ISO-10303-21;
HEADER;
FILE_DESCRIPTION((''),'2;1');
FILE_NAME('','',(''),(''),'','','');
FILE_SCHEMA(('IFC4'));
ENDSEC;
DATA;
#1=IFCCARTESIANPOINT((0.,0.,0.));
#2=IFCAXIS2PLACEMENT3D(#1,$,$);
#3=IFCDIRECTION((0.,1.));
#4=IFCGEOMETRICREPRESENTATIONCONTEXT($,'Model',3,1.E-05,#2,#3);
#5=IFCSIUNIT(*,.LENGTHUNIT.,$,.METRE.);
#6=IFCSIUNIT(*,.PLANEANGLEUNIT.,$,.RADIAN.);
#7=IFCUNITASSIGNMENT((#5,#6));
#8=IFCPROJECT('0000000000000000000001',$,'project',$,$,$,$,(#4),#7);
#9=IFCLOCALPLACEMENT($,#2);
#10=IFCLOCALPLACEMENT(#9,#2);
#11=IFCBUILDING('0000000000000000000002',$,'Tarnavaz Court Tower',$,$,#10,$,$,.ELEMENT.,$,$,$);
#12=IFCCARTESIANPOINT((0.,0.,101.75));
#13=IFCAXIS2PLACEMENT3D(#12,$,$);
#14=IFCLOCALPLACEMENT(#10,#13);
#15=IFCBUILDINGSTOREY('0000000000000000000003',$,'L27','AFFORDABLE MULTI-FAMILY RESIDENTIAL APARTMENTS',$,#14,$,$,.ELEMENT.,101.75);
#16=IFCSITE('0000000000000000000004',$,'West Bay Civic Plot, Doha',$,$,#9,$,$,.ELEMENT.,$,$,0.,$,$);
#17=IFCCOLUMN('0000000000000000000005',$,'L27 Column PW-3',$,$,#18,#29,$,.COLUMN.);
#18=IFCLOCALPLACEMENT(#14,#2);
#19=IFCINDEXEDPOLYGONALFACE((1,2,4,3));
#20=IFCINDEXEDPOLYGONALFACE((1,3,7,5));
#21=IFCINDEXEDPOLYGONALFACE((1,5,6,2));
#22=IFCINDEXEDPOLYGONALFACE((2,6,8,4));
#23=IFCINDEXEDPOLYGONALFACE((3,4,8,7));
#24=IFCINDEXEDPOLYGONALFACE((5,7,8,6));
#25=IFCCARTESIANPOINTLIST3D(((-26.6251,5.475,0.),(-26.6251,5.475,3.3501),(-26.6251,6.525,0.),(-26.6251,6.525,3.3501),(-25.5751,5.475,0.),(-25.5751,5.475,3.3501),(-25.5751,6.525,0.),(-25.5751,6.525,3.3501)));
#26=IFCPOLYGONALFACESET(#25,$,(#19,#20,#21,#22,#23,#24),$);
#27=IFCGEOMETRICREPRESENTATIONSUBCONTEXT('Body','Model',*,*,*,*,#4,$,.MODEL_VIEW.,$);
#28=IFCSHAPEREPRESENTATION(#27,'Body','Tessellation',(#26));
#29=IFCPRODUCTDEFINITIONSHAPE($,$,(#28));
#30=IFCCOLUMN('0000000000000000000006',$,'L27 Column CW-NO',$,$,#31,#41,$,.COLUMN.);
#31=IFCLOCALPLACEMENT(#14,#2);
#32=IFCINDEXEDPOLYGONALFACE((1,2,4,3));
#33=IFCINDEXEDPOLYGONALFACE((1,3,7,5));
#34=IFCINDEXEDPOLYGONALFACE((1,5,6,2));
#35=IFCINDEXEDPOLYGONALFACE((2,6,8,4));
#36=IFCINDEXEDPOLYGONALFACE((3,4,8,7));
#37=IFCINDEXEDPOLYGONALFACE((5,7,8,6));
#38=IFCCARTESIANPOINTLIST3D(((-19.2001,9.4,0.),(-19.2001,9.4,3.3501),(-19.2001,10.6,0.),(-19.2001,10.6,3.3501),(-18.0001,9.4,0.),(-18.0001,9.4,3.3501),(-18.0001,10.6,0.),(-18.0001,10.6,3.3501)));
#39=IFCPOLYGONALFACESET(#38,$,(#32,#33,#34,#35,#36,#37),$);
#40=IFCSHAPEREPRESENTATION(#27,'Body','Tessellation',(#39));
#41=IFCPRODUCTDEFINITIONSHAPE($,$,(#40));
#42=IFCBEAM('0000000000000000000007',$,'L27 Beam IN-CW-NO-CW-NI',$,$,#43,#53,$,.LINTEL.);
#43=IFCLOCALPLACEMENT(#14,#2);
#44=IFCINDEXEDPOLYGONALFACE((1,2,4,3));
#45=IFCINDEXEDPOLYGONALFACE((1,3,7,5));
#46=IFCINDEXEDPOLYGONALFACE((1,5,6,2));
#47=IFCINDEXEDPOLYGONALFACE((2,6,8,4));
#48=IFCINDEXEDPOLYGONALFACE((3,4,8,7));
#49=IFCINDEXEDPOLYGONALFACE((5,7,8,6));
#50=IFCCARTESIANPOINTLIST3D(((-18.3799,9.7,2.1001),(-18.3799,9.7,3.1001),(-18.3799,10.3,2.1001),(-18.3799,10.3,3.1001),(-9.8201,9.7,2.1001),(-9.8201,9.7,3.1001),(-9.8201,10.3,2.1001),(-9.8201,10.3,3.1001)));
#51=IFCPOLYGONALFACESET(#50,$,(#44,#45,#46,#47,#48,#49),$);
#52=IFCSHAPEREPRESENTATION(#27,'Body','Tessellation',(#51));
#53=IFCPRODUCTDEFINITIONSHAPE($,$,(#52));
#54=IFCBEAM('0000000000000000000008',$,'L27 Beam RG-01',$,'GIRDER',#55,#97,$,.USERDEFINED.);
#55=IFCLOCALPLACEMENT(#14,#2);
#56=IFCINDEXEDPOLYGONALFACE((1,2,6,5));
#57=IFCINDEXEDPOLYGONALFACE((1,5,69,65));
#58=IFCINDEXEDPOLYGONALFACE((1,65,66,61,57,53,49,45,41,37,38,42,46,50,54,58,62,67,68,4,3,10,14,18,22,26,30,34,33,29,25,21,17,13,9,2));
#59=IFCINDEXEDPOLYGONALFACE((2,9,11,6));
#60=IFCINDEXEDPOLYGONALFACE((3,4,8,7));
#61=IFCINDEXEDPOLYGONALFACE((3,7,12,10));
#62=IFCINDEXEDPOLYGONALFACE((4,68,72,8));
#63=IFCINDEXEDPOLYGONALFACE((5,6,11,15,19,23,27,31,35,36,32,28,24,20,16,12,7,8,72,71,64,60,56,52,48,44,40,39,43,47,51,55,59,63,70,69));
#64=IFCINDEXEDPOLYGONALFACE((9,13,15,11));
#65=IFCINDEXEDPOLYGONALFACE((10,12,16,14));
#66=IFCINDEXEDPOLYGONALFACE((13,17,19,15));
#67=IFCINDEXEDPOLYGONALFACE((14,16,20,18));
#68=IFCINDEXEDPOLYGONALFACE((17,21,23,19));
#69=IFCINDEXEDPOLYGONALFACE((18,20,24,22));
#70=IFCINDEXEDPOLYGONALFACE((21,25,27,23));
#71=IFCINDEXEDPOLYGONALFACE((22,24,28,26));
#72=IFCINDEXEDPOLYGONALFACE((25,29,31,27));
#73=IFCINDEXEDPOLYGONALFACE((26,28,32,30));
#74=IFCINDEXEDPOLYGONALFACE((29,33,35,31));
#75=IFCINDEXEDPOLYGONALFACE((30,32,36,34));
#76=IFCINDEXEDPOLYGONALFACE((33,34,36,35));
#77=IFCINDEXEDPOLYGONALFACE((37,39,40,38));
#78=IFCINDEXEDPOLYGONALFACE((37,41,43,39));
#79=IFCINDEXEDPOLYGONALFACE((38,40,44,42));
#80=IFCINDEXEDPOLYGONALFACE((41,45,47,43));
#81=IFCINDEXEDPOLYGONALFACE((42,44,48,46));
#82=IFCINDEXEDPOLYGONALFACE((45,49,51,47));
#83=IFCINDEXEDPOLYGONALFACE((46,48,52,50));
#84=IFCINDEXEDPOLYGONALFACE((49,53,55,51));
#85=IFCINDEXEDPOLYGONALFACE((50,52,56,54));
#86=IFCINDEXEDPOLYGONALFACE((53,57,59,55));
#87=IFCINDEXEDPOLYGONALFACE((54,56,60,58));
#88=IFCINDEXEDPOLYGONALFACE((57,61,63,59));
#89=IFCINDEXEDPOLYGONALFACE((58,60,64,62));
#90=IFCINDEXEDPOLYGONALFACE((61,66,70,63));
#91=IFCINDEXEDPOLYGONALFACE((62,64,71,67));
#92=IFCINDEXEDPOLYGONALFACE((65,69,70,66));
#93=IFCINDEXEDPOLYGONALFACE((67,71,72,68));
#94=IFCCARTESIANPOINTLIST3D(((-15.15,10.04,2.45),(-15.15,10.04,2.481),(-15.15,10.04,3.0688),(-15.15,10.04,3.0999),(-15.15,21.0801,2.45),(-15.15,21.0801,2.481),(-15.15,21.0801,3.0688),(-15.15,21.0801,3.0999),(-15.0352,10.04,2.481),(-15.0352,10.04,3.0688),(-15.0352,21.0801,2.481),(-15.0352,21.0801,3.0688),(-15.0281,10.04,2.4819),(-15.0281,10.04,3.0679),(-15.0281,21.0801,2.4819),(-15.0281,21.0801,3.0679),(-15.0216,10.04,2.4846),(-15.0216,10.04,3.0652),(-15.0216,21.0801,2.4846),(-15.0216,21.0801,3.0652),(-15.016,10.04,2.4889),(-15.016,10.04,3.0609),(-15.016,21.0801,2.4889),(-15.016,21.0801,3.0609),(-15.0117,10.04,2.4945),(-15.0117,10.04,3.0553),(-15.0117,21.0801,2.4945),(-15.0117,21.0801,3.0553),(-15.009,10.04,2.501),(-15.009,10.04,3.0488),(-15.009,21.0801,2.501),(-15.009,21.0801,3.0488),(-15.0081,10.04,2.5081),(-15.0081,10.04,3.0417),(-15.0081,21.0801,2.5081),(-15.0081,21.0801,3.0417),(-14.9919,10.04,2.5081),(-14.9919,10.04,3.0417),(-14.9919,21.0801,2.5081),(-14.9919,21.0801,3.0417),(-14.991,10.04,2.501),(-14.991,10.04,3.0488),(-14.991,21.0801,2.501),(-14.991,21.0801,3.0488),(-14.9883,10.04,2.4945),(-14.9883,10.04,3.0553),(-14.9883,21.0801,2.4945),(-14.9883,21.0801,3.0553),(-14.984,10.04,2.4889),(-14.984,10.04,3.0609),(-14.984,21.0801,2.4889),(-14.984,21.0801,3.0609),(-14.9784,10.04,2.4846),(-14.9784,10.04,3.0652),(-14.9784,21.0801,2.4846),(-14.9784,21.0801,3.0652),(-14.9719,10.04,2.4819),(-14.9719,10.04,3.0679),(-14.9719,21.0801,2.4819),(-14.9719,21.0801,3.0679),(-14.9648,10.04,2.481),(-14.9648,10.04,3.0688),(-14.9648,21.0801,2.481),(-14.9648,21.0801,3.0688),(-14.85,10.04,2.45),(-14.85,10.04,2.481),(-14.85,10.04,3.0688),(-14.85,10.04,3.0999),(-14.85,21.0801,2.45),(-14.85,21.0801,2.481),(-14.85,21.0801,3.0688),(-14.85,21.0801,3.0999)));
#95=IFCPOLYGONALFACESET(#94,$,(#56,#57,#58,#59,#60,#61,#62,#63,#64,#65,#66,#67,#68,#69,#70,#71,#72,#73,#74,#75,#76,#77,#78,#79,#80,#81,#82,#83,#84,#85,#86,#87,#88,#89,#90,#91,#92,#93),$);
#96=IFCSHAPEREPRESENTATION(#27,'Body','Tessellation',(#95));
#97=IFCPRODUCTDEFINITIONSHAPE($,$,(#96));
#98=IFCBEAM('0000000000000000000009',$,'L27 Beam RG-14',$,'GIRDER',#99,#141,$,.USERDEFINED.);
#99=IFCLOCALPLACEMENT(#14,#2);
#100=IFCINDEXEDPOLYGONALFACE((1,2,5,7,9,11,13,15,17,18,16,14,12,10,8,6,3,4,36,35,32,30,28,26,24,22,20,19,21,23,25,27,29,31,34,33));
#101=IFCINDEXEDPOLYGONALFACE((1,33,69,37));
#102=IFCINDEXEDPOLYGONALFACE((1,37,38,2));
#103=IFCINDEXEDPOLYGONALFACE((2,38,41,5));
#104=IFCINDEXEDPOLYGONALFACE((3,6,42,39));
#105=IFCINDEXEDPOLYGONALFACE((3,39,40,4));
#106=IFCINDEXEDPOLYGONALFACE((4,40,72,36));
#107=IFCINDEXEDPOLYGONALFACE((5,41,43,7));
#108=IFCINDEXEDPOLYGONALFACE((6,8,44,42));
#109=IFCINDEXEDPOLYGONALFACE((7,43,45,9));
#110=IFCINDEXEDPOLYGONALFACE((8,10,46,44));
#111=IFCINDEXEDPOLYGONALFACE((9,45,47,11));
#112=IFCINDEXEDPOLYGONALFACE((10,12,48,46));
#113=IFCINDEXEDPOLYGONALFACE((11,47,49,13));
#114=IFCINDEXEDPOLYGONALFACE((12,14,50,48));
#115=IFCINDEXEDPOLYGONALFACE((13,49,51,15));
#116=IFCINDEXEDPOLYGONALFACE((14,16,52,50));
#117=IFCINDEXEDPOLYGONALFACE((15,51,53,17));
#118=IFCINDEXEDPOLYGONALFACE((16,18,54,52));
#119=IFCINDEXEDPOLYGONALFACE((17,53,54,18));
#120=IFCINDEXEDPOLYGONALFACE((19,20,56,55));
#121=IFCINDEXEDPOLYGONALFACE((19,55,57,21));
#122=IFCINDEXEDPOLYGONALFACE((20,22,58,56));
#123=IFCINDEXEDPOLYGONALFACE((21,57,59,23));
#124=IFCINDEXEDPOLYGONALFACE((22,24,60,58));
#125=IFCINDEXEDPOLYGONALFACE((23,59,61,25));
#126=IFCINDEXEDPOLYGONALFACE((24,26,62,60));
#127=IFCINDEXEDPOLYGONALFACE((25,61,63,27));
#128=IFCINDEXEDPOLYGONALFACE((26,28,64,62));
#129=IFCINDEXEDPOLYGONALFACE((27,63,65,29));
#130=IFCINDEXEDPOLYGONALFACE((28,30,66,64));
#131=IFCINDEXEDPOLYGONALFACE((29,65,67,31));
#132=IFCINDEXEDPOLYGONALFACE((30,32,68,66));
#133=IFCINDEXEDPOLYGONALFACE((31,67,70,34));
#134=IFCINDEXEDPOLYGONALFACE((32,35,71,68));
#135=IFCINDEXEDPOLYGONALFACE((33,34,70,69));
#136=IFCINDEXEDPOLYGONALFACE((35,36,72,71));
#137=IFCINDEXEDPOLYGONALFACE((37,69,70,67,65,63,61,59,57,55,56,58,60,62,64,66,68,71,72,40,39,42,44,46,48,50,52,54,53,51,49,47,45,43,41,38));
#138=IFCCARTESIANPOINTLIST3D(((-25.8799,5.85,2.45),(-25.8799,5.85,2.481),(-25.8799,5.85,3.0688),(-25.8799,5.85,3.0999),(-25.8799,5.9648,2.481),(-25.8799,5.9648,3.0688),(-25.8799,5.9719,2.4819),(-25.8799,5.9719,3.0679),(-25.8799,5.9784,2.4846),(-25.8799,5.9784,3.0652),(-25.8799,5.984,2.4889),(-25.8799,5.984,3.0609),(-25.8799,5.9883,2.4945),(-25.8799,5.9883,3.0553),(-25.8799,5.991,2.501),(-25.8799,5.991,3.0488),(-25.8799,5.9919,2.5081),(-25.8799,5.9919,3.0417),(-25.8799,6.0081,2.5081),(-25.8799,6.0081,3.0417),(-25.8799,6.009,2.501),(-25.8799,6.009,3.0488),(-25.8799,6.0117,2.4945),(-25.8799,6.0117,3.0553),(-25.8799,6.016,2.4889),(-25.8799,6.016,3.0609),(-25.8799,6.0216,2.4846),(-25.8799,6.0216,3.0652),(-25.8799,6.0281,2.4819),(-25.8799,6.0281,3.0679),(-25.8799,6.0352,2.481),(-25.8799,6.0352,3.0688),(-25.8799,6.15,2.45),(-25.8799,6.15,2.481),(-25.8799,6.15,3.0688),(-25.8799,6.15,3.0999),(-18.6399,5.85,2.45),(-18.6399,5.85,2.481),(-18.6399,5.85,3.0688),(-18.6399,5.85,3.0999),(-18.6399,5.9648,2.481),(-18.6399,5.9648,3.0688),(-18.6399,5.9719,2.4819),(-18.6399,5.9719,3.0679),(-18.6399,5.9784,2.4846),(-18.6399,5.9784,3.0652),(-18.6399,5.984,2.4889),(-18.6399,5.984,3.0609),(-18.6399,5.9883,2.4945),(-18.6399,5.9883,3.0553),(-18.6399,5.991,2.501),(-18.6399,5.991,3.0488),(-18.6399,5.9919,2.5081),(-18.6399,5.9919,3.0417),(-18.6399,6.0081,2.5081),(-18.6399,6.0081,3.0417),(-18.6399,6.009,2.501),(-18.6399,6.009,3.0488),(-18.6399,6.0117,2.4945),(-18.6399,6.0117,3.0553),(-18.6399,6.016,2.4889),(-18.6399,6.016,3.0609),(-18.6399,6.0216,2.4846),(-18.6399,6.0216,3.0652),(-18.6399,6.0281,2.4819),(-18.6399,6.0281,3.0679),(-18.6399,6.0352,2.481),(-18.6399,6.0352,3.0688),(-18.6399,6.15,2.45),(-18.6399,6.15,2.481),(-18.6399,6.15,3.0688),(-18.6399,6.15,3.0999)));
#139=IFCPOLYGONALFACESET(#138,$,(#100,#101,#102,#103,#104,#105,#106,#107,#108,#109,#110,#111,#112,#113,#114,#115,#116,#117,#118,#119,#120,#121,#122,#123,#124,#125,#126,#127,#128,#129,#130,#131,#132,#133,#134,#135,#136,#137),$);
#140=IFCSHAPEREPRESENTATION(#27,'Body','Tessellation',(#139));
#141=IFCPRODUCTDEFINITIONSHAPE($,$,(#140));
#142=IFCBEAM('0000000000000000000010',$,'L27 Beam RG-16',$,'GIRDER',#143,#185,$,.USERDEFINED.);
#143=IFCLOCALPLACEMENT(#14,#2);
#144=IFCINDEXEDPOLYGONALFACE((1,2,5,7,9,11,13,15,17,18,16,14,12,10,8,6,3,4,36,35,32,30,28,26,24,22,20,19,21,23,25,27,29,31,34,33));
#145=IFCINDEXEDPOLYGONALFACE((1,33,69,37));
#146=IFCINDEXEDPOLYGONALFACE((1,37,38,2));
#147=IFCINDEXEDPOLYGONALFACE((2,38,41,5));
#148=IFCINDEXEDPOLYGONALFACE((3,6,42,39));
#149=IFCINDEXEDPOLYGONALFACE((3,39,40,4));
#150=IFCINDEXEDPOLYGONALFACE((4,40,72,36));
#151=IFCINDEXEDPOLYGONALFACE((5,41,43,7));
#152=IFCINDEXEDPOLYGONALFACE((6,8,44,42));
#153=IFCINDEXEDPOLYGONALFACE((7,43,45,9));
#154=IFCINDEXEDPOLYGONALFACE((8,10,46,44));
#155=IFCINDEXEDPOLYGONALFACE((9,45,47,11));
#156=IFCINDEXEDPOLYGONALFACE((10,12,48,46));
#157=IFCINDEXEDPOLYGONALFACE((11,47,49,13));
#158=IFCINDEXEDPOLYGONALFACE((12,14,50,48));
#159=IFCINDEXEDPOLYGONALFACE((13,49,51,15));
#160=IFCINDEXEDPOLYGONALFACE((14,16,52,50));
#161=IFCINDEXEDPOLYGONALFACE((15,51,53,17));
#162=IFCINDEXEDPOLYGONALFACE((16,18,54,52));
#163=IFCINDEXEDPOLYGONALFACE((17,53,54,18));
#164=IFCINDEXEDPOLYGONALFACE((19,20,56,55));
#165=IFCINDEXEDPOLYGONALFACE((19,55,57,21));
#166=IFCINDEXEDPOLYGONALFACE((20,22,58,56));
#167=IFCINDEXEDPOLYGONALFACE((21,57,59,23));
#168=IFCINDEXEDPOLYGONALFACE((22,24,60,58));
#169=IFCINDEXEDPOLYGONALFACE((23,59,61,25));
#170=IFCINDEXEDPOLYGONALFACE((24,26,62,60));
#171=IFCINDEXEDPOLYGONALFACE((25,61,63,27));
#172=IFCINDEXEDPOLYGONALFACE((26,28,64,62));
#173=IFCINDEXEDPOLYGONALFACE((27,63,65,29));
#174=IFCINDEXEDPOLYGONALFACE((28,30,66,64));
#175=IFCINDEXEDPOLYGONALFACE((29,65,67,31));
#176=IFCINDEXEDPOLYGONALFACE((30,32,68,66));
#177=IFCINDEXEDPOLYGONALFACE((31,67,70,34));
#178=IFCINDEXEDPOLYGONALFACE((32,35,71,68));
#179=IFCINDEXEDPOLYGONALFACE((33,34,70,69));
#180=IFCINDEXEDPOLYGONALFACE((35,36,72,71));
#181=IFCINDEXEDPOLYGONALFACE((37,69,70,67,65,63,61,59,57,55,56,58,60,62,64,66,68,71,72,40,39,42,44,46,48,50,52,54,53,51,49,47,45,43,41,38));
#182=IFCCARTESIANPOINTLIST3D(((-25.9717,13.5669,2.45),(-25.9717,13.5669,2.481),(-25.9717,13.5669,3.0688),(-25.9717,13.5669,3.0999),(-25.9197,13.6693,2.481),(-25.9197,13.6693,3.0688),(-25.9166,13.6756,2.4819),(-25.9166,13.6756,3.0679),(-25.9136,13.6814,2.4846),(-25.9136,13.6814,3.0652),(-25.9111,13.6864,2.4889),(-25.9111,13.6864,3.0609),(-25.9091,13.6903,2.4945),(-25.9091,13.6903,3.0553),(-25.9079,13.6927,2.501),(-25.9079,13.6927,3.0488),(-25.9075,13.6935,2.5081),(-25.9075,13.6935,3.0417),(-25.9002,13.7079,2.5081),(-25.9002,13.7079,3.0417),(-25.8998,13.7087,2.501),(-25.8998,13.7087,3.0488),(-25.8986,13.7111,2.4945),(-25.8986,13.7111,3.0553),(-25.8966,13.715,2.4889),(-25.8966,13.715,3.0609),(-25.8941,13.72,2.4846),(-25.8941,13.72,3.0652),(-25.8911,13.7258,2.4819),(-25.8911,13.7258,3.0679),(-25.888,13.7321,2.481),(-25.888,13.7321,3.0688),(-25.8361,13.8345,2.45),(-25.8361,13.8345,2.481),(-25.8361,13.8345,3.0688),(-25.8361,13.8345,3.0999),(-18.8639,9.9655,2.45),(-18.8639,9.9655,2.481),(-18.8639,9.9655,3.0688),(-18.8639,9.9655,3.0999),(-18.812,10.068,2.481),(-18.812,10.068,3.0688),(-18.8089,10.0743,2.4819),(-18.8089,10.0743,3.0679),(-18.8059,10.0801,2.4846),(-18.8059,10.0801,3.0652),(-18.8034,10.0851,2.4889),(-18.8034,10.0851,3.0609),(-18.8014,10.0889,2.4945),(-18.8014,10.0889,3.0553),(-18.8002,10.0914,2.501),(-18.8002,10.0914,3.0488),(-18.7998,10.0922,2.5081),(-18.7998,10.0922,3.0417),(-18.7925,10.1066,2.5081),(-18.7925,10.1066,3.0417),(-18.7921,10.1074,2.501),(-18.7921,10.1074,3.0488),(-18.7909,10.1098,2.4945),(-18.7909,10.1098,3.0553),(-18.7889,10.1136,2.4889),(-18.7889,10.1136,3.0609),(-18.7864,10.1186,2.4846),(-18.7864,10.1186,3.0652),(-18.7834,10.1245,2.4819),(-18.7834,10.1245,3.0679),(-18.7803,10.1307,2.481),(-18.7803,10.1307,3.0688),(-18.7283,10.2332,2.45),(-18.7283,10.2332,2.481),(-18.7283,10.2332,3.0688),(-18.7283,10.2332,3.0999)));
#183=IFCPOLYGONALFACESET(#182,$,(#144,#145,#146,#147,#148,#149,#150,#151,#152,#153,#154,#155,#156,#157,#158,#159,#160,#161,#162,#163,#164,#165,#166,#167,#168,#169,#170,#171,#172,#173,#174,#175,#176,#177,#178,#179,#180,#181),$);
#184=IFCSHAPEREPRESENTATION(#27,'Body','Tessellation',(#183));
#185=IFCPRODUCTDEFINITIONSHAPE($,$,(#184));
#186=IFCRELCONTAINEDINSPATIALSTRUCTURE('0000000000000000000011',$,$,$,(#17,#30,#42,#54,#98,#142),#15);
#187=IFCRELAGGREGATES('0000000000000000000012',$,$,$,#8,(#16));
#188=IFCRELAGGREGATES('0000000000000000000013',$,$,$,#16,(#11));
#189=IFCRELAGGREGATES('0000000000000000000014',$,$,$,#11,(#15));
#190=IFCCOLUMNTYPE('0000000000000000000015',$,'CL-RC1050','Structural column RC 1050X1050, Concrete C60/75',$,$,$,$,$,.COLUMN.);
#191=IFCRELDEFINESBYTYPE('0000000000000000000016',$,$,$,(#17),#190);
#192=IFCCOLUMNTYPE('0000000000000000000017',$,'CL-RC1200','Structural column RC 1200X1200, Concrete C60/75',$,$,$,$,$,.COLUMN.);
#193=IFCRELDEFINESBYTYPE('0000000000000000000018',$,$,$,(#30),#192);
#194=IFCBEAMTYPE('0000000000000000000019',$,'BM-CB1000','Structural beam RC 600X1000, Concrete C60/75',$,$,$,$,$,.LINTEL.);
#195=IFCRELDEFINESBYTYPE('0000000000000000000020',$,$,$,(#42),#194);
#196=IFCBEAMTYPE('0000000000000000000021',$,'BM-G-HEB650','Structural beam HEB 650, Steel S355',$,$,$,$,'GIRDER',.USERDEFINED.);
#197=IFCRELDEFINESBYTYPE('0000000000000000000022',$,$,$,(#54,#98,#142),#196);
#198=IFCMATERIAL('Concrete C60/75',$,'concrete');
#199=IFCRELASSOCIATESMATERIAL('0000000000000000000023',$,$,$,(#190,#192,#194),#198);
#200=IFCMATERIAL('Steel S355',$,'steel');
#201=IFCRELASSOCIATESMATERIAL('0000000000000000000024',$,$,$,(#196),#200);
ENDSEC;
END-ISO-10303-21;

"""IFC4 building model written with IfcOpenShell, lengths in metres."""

from ifc_helpers import new_model, si_unit, direction, frame, origin, origin_2d, place, context, subcontext, project, spatial, rectangle, i_section, extrude, material, material_profile, profile_set, type_object, element, save


model = new_model("IFC4")

# Units and contexts
model_context = context("Model", 3, precision=1e-05, world=origin(), true_north=direction((0.0, 1.0)))
body_context = subcontext(model_context, "Body", "Model", "MODEL_VIEW")
ifc_project = project(units=[si_unit("LENGTHUNIT", "METRE"), si_unit("PLANEANGLEUNIT", "RADIAN")], contexts=[model_context])

# Site, building, storey
site_placement = place(None, origin())
site = spatial("IfcSite", under=ifc_project, at=site_placement, Name="West Bay Civic Plot, Doha", CompositionType="ELEMENT", RefElevation=0.0)
building_placement = place(site_placement, origin())
building = spatial("IfcBuilding", under=site, at=building_placement, Name="Tarnavaz Court Tower", CompositionType="ELEMENT")
storey_placement = place(building_placement, frame((0.0, 0.0, 101.75)))
storey = spatial("IfcBuildingStorey", under=building, at=storey_placement, Name="L27", Description="AFFORDABLE MULTI-FAMILY RESIDENTIAL APARTMENTS", CompositionType="ELEMENT", Elevation=101.75)

# Columns
ifc_material_1 = material(Name="Concrete C60/75", Category="concrete")
ifc_material_profile_1 = material_profile(ifc_material_1, rectangle(XDim=1.05, YDim=1.05, at=origin_2d()), Name="RC 1050X1050")
ifc_profile_set_1 = profile_set([ifc_material_profile_1], Name="Concrete C60/75")
column_type_1 = type_object("IfcColumnType", Name="CL-RC1050", Description="Structural column RC 1050X1050, Concrete C60/75", PredefinedType="COLUMN", material=ifc_profile_set_1)
column_1_placement = place(storey_placement, frame((-26.1001, 6.0, 0.0), z_axis=(0.0, 0.0, 1.0), x_axis=(1.0, 0.0, 0.0)))
element("IfcColumn", 1, at=column_1_placement, inside=storey, type_object=column_type_1, Name="L27 Column PW-3", PredefinedType="COLUMN", context=body_context, shape_type="SweptSolid", body=[
    extrude(rectangle(XDim=1.05, YDim=1.05, at=origin_2d()), origin(), (0.0, 0.0, 1.0), 3.3501),
])
ifc_material_profile_2 = material_profile(ifc_material_1, rectangle(XDim=1.2, YDim=1.2, at=origin_2d()), Name="RC 1200X1200")
ifc_profile_set_2 = profile_set([ifc_material_profile_2], Name="Concrete C60/75")
column_type_2 = type_object("IfcColumnType", Name="CL-RC1200", Description="Structural column RC 1200X1200, Concrete C60/75", PredefinedType="COLUMN", material=ifc_profile_set_2)
column_2_placement = place(storey_placement, frame((-18.6001, 10.0, 0.0), z_axis=(0.0, 0.0, 1.0), x_axis=(1.0, 0.0, 0.0)))
element("IfcColumn", 2, at=column_2_placement, inside=storey, type_object=column_type_2, Name="L27 Column CW-NO", PredefinedType="COLUMN", context=body_context, shape_type="SweptSolid", body=[
    extrude(rectangle(XDim=1.2, YDim=1.2, at=origin_2d()), origin(), (0.0, 0.0, 1.0), 3.3501),
])

# Beams
ifc_material_profile_3 = material_profile(ifc_material_1, rectangle(XDim=0.6001, YDim=1.0, at=origin_2d()), Name="RC 600X1000")
ifc_profile_set_3 = profile_set([ifc_material_profile_3], Name="Concrete C60/75")
beam_type_1 = type_object("IfcBeamType", Name="BM-CB1000", Description="Structural beam RC 600X1000, Concrete C60/75", PredefinedType="LINTEL", material=ifc_profile_set_3)
beam_1_placement = place(storey_placement, frame((-18.3799, 10.0, 2.6001), z_axis=(1.0, 0.0, 0.0), x_axis=(0.0, 1.0, 0.0)))
element("IfcBeam", 3, at=beam_1_placement, inside=storey, type_object=beam_type_1, Name="L27 Beam IN-CW-NO-CW-NI", PredefinedType="LINTEL", context=body_context, shape_type="SweptSolid", body=[
    extrude(rectangle(XDim=0.6001, YDim=1.0, at=origin_2d()), origin(), (0.0, 0.0, 1.0), 8.5598),
])
ifc_material_2 = material(Name="Steel S355", Category="steel")
ifc_material_profile_4 = material_profile(ifc_material_2, i_section(OverallWidth=0.3, OverallDepth=0.6499, WebThickness=0.0161, FlangeThickness=0.031, FilletRadius=0.0271, at=origin_2d()), Name="HEB 650")
ifc_profile_set_4 = profile_set([ifc_material_profile_4], Name="Steel S355")
beam_type_2 = type_object("IfcBeamType", Name="BM-G-HEB650", Description="Structural beam HEB 650, Steel S355", ElementType="GIRDER", PredefinedType="USERDEFINED", material=ifc_profile_set_4)
beam_2_placement = place(storey_placement, frame((-15.0, 10.04, 2.7749), z_axis=(0.0, 1.0, 0.0), x_axis=(-1.0, 0.0, 0.0)))
element("IfcBeam", 4, at=beam_2_placement, inside=storey, type_object=beam_type_2, Name="L27 Beam RG-01", ObjectType="GIRDER", PredefinedType="USERDEFINED", context=body_context, shape_type="SweptSolid", body=[
    extrude(i_section(OverallWidth=0.3, OverallDepth=0.6499, WebThickness=0.0161, FlangeThickness=0.031, FilletRadius=0.0271, at=origin_2d()), origin(), (0.0, 0.0, 1.0), 11.04),
])
beam_3_placement = place(storey_placement, frame((-18.6399, 6.0, 2.7749), z_axis=(-1.0, 0.0, 0.0), x_axis=(0.0, -1.0, 0.0)))
element("IfcBeam", 5, at=beam_3_placement, inside=storey, type_object=beam_type_2, Name="L27 Beam RG-14", ObjectType="GIRDER", PredefinedType="USERDEFINED", context=body_context, shape_type="SweptSolid", body=[
    extrude(i_section(OverallWidth=0.3, OverallDepth=0.6499, WebThickness=0.0161, FlangeThickness=0.031, FilletRadius=0.0271, at=origin_2d()), origin(), (0.0, 0.0, 1.0), 7.24),
])
beam_4_placement = place(storey_placement, frame((-18.7961, 10.0994, 2.7749), z_axis=(-0.892031, 0.451975, 0.0), x_axis=(-0.451975, -0.892031, 0.0)))
element("IfcBeam", 6, at=beam_4_placement, inside=storey, type_object=beam_type_2, Name="L27 Beam RG-16", ObjectType="GIRDER", PredefinedType="USERDEFINED", context=body_context, shape_type="SweptSolid", body=[
    extrude(i_section(OverallWidth=0.3, OverallDepth=0.6499, WebThickness=0.0161, FlangeThickness=0.031, FilletRadius=0.0271, at=origin_2d()), origin(), (0.0, 0.0, 1.0), 7.968),
])

save(model, "model.ifc")
